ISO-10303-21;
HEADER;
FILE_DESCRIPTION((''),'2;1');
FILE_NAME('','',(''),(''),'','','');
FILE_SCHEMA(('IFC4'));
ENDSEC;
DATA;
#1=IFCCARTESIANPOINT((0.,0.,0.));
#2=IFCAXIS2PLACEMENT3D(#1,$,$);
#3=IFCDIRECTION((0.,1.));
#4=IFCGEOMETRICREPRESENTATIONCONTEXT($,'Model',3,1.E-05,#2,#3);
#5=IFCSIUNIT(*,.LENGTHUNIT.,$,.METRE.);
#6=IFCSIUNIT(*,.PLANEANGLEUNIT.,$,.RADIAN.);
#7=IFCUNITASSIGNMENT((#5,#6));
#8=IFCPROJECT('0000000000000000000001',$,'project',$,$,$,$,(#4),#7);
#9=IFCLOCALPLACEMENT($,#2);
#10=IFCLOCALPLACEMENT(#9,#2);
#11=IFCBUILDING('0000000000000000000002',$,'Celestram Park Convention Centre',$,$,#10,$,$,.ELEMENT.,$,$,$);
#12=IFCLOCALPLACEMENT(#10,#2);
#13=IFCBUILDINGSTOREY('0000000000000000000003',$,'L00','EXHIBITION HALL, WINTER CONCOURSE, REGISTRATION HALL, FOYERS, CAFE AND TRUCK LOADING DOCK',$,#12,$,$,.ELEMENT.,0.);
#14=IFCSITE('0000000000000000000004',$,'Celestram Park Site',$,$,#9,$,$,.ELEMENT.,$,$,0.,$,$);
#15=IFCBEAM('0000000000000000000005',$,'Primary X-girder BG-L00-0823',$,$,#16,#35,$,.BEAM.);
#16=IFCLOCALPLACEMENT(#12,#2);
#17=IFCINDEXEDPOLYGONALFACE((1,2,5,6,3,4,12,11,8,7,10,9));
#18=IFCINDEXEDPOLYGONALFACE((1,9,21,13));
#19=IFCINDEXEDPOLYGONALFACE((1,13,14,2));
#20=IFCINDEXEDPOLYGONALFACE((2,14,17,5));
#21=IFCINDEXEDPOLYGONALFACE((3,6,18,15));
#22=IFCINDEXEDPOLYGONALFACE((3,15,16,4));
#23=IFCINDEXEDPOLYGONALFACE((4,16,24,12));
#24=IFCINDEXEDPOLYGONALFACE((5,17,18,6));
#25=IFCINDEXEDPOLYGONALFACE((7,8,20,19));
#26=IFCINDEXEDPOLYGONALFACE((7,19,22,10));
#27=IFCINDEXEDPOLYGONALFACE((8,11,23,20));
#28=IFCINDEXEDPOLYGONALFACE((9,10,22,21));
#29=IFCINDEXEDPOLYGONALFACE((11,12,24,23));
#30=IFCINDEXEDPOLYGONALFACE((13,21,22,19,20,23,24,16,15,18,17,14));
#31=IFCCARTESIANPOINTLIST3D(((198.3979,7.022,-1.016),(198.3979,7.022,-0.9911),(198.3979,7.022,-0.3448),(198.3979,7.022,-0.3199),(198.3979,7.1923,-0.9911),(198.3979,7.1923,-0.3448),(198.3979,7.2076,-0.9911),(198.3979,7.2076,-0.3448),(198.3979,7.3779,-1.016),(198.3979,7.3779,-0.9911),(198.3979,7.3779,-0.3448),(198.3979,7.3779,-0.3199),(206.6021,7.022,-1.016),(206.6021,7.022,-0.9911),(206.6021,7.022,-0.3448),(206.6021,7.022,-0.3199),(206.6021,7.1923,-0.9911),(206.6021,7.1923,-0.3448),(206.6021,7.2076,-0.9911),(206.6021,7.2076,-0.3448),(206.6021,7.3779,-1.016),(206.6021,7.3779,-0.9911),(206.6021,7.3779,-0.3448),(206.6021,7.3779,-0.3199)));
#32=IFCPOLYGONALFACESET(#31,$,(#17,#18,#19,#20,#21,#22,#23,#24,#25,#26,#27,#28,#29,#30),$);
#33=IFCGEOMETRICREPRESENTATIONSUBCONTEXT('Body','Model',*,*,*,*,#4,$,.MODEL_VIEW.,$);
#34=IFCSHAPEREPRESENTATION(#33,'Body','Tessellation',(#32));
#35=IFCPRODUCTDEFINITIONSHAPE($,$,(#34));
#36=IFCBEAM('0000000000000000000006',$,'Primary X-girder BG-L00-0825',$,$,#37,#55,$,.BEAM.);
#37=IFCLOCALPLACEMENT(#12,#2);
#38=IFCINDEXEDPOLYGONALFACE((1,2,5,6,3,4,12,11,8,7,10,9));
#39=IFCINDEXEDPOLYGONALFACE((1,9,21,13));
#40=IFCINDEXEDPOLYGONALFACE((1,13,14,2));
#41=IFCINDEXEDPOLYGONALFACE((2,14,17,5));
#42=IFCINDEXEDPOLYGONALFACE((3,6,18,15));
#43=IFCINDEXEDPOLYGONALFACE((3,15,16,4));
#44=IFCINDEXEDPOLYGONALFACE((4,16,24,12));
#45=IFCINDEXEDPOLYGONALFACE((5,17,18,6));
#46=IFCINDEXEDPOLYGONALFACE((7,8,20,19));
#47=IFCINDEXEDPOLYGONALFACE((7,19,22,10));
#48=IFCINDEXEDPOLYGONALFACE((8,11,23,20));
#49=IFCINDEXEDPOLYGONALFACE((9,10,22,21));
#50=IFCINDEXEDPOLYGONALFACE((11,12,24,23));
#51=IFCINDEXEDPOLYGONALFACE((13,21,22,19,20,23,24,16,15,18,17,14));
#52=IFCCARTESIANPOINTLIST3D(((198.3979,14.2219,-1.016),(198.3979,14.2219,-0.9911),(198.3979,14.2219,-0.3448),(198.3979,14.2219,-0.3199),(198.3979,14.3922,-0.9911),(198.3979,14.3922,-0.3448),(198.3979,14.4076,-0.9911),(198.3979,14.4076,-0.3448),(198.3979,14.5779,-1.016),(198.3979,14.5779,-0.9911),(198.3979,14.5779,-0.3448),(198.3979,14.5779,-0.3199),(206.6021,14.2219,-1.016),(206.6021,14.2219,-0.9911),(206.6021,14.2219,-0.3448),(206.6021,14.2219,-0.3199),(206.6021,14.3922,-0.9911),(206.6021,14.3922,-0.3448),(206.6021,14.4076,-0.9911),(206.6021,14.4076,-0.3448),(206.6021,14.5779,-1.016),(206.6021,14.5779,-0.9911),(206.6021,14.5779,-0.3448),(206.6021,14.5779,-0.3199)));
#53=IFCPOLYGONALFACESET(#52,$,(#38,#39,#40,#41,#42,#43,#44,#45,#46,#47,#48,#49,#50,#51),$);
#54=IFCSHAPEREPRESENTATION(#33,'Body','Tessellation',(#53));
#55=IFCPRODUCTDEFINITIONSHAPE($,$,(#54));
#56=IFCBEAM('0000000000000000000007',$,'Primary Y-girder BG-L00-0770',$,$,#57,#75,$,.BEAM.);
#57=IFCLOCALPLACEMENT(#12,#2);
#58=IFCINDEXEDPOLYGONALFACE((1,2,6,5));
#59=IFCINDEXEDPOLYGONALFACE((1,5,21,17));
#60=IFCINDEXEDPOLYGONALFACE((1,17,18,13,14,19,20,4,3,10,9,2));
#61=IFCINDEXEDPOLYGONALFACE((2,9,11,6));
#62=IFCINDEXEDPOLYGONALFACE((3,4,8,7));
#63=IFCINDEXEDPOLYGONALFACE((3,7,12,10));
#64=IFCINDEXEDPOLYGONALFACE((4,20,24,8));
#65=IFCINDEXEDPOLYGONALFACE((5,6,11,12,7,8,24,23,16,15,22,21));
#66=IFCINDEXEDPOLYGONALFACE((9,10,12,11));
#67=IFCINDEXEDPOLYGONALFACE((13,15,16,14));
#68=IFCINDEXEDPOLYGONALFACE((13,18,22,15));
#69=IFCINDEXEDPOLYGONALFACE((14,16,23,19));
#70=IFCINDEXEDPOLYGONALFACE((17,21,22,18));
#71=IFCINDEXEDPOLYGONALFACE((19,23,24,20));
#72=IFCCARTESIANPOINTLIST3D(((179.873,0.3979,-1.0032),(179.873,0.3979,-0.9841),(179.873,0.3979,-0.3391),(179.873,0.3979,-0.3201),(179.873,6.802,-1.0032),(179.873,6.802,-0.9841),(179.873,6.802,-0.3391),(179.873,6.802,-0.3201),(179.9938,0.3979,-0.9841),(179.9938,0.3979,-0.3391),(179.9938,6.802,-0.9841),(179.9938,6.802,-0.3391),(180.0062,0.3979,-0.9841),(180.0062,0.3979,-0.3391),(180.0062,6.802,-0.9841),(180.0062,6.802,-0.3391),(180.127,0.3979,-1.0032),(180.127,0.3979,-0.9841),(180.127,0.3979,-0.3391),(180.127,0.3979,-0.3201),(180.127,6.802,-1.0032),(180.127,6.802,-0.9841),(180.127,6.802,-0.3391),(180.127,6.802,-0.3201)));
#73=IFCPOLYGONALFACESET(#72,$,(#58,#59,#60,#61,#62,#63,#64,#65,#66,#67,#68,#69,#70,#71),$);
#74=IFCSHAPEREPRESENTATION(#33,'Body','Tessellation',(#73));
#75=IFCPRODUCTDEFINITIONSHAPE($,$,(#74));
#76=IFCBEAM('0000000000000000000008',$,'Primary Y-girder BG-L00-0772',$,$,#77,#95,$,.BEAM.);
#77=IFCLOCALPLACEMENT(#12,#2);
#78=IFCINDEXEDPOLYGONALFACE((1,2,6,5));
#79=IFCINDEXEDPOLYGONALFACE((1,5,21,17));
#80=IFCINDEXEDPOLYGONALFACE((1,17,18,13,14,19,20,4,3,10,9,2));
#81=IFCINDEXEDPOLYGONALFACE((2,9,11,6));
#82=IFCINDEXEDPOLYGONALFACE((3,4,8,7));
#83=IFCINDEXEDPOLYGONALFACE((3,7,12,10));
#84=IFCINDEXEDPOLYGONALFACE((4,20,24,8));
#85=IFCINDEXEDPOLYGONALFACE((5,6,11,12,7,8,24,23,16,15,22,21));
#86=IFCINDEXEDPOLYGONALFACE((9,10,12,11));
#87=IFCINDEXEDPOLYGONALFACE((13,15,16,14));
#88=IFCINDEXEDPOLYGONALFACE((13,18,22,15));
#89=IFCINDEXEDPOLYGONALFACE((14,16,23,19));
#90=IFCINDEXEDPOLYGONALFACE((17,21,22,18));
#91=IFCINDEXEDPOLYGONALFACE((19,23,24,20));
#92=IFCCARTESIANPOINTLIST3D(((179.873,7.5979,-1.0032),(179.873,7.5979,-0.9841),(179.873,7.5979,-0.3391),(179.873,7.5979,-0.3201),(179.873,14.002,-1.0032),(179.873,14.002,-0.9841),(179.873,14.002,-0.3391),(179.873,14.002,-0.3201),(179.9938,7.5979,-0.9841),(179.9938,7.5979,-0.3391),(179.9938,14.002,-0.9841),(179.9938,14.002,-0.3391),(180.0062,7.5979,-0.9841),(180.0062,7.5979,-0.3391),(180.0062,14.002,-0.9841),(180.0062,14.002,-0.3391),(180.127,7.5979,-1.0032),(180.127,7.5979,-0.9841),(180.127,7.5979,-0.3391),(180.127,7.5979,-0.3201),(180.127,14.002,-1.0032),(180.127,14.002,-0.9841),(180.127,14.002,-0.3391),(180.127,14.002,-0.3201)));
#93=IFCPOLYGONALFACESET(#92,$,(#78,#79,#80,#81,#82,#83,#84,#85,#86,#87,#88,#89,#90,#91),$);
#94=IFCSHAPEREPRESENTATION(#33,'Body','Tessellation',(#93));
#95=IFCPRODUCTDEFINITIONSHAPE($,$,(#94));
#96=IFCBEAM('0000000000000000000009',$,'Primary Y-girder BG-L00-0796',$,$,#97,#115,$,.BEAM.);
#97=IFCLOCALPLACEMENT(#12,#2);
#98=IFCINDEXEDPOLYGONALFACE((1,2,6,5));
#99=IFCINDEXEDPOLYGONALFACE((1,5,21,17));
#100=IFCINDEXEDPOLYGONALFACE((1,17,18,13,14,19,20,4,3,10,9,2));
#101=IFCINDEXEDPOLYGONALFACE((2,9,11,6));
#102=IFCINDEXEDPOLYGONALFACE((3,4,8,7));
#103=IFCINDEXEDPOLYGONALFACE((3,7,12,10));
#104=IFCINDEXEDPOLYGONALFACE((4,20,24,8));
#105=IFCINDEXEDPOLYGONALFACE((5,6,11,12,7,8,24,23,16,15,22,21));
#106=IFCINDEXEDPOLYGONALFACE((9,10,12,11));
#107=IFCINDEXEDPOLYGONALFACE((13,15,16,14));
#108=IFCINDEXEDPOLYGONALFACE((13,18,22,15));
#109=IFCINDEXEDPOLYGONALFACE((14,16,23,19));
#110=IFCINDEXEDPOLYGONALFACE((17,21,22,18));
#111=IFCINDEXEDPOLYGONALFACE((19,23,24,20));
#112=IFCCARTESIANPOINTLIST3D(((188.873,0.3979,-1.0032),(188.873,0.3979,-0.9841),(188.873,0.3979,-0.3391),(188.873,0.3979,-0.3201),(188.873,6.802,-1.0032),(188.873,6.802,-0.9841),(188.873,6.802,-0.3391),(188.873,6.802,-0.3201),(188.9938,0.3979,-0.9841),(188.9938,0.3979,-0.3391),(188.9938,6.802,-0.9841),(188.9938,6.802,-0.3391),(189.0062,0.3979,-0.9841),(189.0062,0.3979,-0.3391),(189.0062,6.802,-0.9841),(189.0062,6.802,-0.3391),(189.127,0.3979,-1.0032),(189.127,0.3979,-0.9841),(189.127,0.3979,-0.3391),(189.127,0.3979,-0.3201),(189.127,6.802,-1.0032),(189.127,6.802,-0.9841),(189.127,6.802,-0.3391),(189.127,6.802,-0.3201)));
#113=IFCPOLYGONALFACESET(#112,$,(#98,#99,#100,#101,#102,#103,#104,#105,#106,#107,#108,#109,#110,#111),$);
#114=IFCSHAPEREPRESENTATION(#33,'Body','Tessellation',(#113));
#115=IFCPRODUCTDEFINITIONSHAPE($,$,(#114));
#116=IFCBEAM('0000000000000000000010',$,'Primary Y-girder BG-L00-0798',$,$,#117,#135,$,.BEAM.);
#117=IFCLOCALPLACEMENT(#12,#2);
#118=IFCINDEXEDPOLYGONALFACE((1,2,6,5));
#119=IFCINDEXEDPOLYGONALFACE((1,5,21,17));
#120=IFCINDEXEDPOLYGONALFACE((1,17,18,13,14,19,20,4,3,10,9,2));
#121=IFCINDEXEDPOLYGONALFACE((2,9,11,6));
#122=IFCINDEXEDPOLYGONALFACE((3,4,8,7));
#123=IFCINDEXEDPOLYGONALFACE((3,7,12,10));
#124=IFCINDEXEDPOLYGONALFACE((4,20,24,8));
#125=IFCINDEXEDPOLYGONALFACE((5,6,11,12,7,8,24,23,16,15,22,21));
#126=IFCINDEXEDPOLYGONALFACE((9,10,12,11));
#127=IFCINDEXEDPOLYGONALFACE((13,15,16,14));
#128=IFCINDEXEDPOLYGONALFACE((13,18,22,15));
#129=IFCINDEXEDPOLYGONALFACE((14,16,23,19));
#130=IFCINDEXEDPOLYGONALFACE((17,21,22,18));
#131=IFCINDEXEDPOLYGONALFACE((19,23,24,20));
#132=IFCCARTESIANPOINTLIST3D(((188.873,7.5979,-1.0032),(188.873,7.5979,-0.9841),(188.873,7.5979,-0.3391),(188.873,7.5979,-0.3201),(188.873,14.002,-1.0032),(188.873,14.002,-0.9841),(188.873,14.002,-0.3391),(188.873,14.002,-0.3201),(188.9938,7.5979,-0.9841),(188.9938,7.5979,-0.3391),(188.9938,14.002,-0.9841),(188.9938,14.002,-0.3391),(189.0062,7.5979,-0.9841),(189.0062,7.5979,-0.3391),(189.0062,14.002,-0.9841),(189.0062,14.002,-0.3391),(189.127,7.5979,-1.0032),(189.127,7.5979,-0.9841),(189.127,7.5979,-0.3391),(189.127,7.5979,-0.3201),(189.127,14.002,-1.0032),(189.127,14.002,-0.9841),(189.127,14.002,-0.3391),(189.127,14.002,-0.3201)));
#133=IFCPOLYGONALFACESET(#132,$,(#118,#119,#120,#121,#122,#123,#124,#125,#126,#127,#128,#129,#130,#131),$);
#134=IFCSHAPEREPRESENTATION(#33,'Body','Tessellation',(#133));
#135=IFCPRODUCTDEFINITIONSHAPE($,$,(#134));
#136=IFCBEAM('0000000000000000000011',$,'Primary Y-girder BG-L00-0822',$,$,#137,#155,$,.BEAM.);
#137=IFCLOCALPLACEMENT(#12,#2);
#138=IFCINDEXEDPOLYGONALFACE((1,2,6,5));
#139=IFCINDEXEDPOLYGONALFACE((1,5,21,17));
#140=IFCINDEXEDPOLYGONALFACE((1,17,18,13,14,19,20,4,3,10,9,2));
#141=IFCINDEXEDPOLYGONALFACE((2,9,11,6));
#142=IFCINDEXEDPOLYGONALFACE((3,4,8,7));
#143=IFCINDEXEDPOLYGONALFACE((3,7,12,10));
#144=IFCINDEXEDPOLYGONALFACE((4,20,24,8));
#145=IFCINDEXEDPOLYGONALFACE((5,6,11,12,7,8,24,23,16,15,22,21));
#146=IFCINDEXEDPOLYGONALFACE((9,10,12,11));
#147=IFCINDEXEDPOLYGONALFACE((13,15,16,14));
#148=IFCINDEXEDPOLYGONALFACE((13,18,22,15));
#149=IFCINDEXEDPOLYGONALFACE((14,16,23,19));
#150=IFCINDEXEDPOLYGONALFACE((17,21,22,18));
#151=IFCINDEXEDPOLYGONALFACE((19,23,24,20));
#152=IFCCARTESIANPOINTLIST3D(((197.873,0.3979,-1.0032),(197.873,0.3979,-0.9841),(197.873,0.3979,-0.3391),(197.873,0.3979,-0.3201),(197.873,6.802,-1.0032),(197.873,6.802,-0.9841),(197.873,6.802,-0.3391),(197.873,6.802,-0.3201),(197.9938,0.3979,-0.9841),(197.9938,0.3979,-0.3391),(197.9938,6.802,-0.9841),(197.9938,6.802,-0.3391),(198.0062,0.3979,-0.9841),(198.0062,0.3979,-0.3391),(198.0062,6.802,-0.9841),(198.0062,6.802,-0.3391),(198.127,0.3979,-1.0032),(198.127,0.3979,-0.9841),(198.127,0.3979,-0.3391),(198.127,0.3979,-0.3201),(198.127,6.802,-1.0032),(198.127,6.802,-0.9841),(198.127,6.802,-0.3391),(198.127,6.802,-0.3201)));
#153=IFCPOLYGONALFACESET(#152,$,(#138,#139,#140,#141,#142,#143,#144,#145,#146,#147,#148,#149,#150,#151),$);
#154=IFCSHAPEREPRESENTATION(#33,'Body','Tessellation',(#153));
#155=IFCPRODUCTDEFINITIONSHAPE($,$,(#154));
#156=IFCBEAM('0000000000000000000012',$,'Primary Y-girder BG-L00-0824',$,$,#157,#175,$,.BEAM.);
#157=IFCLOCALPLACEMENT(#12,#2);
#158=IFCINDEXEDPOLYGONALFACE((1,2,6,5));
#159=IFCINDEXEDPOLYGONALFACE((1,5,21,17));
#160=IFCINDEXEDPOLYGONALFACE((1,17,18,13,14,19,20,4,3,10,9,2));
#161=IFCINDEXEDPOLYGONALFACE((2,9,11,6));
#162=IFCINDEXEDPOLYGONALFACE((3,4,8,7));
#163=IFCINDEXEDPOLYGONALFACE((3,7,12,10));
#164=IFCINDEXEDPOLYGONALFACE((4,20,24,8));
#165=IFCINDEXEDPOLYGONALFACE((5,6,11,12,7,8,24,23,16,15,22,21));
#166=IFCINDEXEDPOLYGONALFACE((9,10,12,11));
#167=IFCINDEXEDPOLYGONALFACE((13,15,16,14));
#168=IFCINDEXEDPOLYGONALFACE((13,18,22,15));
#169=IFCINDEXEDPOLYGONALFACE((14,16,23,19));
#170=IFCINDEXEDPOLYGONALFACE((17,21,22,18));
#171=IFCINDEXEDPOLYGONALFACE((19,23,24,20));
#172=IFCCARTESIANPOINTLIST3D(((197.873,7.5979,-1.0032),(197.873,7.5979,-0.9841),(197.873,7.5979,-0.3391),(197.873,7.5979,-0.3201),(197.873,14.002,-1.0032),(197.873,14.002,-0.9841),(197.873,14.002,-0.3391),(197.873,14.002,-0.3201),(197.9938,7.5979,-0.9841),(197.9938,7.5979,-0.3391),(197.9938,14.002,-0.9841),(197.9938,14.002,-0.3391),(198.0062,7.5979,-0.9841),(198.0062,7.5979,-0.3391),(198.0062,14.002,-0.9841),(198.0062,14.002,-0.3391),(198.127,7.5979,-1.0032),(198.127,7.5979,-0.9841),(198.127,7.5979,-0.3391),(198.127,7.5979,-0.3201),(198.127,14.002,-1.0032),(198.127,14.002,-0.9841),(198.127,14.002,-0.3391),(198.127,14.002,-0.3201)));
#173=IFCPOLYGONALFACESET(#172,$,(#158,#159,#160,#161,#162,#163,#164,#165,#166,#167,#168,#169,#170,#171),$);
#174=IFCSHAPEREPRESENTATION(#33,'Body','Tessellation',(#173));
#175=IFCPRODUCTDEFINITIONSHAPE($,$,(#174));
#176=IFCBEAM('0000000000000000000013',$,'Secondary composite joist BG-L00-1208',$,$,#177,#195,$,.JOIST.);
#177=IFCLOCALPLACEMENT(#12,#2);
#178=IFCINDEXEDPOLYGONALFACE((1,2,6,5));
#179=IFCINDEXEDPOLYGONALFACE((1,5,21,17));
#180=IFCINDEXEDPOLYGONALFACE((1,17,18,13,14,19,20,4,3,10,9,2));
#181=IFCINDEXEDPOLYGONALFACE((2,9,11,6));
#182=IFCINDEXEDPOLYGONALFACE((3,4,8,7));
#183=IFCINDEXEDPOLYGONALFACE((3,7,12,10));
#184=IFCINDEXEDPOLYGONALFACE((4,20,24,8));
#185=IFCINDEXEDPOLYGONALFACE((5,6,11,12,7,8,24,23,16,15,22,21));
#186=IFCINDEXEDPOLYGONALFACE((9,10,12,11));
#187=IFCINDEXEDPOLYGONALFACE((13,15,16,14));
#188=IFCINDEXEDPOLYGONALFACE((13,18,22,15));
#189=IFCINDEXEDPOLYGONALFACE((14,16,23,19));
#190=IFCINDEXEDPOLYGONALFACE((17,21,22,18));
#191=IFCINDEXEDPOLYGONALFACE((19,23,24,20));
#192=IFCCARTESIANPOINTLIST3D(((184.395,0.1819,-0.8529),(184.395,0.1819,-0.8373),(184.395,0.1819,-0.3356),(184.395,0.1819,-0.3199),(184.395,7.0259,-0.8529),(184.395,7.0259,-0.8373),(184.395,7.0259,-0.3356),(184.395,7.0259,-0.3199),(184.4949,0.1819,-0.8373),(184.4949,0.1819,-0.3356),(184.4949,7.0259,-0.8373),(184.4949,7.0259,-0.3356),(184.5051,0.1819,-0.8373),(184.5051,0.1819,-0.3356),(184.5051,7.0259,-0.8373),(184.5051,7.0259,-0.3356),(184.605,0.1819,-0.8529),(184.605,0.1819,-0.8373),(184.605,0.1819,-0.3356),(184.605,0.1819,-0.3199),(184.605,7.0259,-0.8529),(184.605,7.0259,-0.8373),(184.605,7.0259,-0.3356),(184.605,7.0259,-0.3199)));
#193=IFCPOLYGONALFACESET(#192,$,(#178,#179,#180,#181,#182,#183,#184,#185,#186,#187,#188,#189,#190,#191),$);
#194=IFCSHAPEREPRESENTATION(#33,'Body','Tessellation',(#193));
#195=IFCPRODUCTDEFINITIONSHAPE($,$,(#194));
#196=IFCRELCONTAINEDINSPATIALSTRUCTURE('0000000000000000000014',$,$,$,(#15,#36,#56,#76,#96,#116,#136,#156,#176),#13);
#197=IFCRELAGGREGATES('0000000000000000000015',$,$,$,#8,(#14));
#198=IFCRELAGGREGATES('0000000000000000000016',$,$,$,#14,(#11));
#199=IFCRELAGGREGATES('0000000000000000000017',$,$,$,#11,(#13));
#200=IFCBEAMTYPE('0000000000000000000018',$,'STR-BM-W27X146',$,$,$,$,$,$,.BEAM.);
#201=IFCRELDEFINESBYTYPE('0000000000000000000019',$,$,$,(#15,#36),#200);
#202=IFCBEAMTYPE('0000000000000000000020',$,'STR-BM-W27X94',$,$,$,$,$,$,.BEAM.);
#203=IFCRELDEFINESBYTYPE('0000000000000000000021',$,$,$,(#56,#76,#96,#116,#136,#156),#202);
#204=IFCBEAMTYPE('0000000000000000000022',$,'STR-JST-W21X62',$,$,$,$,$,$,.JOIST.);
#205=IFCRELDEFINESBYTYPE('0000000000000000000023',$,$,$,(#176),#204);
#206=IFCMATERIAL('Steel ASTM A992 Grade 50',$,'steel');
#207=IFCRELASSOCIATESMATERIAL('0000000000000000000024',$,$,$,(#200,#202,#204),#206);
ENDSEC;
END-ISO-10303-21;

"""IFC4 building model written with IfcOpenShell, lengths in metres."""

from ifc_helpers import new_model, si_unit, direction, frame, origin, origin_2d, place, context, subcontext, project, spatial, i_section, extrude, material, material_profile, profile_set, type_object, element, save


model = new_model("IFC4")

# Units and contexts
model_context = context("Model", 3, precision=1e-05, world=origin(), true_north=direction((0.0, 1.0)))
body_context = subcontext(model_context, "Body", "Model", "MODEL_VIEW")
ifc_project = project(units=[si_unit("LENGTHUNIT", "METRE"), si_unit("PLANEANGLEUNIT", "RADIAN")], contexts=[model_context])

# Site, building, storey
site_placement = place(None, origin())
site = spatial("IfcSite", under=ifc_project, at=site_placement, Name="Celestram Park Site", CompositionType="ELEMENT", RefElevation=0.0)
building_placement = place(site_placement, origin())
building = spatial("IfcBuilding", under=site, at=building_placement, Name="Celestram Park Convention Centre", CompositionType="ELEMENT")
storey_placement = place(building_placement, origin())
storey = spatial("IfcBuildingStorey", under=building, at=storey_placement, Name="L00", Description="EXHIBITION HALL, WINTER CONCOURSE, REGISTRATION HALL, FOYERS, CAFE AND TRUCK LOADING DOCK", CompositionType="ELEMENT", Elevation=0.0)

# Beams
ifc_material_1 = material(Name="Steel ASTM A992 Grade 50", Category="steel")
ifc_material_profile_1 = material_profile(ifc_material_1, i_section(OverallWidth=0.356, OverallDepth=0.696, WebThickness=0.0154, FlangeThickness=0.0249, at=origin_2d()), Name="W27X146")
ifc_profile_set_1 = profile_set([ifc_material_profile_1], Name="Steel ASTM A992 Grade 50")
beam_type_1 = type_object("IfcBeamType", Name="STR-BM-W27X146", PredefinedType="BEAM", material=ifc_profile_set_1)
for number, where, z_axis, x_axis, name in (
    (1, (198.3979, 7.2, -0.668), (1.0, 0.0, 0.0), (0.0, 1.0, 0.0), "Primary X-girder BG-L00-0823"),
    (2, (198.3979, 14.3999, -0.668), (1.0, 0.0, 0.0), (0.0, 1.0, 0.0), "Primary X-girder BG-L00-0825"),
):
    element("IfcBeam", number, at=place(storey_placement, frame(where, z_axis=z_axis, x_axis=x_axis)), inside=storey, type_object=beam_type_1, Name=name, PredefinedType="BEAM", context=body_context, shape_type="SweptSolid", body=[
        extrude(i_section(OverallWidth=0.356, OverallDepth=0.696, WebThickness=0.0154, FlangeThickness=0.0249, at=origin_2d()), origin(), (0.0, 0.0, 1.0), 8.2041),
    ])
ifc_material_profile_2 = material_profile(ifc_material_1, i_section(OverallWidth=0.2539, OverallDepth=0.6831, WebThickness=0.0125, FlangeThickness=0.019, at=origin_2d()), Name="W27X94")
ifc_profile_set_2 = profile_set([ifc_material_profile_2], Name="Steel ASTM A992 Grade 50")
beam_type_2 = type_object("IfcBeamType", Name="STR-BM-W27X94", PredefinedType="BEAM", material=ifc_profile_set_2)
for number, where, z_axis, x_axis, name in (
    (3, (180.0, 0.3979, -0.6616), (0.0, 1.0, 0.0), (-1.0, 0.0, 0.0), "Primary Y-girder BG-L00-0770"),
    (4, (180.0, 7.5979, -0.6616), (0.0, 1.0, 0.0), (-1.0, 0.0, 0.0), "Primary Y-girder BG-L00-0772"),
    (5, (189.0, 0.3979, -0.6616), (0.0, 1.0, 0.0), (-1.0, 0.0, 0.0), "Primary Y-girder BG-L00-0796"),
    (6, (189.0, 7.5979, -0.6616), (0.0, 1.0, 0.0), (-1.0, 0.0, 0.0), "Primary Y-girder BG-L00-0798"),
    (7, (198.0, 0.3979, -0.6616), (0.0, 1.0, 0.0), (-1.0, 0.0, 0.0), "Primary Y-girder BG-L00-0822"),
    (8, (198.0, 7.5979, -0.6616), (0.0, 1.0, 0.0), (-1.0, 0.0, 0.0), "Primary Y-girder BG-L00-0824"),
):
    element("IfcBeam", number, at=place(storey_placement, frame(where, z_axis=z_axis, x_axis=x_axis)), inside=storey, type_object=beam_type_2, Name=name, PredefinedType="BEAM", context=body_context, shape_type="SweptSolid", body=[
        extrude(i_section(OverallWidth=0.2539, OverallDepth=0.6831, WebThickness=0.0125, FlangeThickness=0.019, at=origin_2d()), origin(), (0.0, 0.0, 1.0), 6.4041),
    ])
ifc_material_profile_3 = material_profile(ifc_material_1, i_section(OverallWidth=0.21, OverallDepth=0.533, WebThickness=0.0103, FlangeThickness=0.0156, at=origin_2d()), Name="W21X62")
ifc_profile_set_3 = profile_set([ifc_material_profile_3], Name="Steel ASTM A992 Grade 50")
beam_type_3 = type_object("IfcBeamType", Name="STR-JST-W21X62", PredefinedType="JOIST", material=ifc_profile_set_3)
beam_1_placement = place(storey_placement, frame((184.5, 0.1819, -0.5864), z_axis=(0.0, 1.0, 0.0), x_axis=(-1.0, 0.0, 0.0)))
element("IfcBeam", 9, at=beam_1_placement, inside=storey, type_object=beam_type_3, Name="Secondary composite joist BG-L00-1208", PredefinedType="JOIST", context=body_context, shape_type="SweptSolid", body=[
    extrude(i_section(OverallWidth=0.21, OverallDepth=0.533, WebThickness=0.0103, FlangeThickness=0.0156, at=origin_2d()), origin(), (0.0, 0.0, 1.0), 6.844),
])

save(model, "model.ifc")
